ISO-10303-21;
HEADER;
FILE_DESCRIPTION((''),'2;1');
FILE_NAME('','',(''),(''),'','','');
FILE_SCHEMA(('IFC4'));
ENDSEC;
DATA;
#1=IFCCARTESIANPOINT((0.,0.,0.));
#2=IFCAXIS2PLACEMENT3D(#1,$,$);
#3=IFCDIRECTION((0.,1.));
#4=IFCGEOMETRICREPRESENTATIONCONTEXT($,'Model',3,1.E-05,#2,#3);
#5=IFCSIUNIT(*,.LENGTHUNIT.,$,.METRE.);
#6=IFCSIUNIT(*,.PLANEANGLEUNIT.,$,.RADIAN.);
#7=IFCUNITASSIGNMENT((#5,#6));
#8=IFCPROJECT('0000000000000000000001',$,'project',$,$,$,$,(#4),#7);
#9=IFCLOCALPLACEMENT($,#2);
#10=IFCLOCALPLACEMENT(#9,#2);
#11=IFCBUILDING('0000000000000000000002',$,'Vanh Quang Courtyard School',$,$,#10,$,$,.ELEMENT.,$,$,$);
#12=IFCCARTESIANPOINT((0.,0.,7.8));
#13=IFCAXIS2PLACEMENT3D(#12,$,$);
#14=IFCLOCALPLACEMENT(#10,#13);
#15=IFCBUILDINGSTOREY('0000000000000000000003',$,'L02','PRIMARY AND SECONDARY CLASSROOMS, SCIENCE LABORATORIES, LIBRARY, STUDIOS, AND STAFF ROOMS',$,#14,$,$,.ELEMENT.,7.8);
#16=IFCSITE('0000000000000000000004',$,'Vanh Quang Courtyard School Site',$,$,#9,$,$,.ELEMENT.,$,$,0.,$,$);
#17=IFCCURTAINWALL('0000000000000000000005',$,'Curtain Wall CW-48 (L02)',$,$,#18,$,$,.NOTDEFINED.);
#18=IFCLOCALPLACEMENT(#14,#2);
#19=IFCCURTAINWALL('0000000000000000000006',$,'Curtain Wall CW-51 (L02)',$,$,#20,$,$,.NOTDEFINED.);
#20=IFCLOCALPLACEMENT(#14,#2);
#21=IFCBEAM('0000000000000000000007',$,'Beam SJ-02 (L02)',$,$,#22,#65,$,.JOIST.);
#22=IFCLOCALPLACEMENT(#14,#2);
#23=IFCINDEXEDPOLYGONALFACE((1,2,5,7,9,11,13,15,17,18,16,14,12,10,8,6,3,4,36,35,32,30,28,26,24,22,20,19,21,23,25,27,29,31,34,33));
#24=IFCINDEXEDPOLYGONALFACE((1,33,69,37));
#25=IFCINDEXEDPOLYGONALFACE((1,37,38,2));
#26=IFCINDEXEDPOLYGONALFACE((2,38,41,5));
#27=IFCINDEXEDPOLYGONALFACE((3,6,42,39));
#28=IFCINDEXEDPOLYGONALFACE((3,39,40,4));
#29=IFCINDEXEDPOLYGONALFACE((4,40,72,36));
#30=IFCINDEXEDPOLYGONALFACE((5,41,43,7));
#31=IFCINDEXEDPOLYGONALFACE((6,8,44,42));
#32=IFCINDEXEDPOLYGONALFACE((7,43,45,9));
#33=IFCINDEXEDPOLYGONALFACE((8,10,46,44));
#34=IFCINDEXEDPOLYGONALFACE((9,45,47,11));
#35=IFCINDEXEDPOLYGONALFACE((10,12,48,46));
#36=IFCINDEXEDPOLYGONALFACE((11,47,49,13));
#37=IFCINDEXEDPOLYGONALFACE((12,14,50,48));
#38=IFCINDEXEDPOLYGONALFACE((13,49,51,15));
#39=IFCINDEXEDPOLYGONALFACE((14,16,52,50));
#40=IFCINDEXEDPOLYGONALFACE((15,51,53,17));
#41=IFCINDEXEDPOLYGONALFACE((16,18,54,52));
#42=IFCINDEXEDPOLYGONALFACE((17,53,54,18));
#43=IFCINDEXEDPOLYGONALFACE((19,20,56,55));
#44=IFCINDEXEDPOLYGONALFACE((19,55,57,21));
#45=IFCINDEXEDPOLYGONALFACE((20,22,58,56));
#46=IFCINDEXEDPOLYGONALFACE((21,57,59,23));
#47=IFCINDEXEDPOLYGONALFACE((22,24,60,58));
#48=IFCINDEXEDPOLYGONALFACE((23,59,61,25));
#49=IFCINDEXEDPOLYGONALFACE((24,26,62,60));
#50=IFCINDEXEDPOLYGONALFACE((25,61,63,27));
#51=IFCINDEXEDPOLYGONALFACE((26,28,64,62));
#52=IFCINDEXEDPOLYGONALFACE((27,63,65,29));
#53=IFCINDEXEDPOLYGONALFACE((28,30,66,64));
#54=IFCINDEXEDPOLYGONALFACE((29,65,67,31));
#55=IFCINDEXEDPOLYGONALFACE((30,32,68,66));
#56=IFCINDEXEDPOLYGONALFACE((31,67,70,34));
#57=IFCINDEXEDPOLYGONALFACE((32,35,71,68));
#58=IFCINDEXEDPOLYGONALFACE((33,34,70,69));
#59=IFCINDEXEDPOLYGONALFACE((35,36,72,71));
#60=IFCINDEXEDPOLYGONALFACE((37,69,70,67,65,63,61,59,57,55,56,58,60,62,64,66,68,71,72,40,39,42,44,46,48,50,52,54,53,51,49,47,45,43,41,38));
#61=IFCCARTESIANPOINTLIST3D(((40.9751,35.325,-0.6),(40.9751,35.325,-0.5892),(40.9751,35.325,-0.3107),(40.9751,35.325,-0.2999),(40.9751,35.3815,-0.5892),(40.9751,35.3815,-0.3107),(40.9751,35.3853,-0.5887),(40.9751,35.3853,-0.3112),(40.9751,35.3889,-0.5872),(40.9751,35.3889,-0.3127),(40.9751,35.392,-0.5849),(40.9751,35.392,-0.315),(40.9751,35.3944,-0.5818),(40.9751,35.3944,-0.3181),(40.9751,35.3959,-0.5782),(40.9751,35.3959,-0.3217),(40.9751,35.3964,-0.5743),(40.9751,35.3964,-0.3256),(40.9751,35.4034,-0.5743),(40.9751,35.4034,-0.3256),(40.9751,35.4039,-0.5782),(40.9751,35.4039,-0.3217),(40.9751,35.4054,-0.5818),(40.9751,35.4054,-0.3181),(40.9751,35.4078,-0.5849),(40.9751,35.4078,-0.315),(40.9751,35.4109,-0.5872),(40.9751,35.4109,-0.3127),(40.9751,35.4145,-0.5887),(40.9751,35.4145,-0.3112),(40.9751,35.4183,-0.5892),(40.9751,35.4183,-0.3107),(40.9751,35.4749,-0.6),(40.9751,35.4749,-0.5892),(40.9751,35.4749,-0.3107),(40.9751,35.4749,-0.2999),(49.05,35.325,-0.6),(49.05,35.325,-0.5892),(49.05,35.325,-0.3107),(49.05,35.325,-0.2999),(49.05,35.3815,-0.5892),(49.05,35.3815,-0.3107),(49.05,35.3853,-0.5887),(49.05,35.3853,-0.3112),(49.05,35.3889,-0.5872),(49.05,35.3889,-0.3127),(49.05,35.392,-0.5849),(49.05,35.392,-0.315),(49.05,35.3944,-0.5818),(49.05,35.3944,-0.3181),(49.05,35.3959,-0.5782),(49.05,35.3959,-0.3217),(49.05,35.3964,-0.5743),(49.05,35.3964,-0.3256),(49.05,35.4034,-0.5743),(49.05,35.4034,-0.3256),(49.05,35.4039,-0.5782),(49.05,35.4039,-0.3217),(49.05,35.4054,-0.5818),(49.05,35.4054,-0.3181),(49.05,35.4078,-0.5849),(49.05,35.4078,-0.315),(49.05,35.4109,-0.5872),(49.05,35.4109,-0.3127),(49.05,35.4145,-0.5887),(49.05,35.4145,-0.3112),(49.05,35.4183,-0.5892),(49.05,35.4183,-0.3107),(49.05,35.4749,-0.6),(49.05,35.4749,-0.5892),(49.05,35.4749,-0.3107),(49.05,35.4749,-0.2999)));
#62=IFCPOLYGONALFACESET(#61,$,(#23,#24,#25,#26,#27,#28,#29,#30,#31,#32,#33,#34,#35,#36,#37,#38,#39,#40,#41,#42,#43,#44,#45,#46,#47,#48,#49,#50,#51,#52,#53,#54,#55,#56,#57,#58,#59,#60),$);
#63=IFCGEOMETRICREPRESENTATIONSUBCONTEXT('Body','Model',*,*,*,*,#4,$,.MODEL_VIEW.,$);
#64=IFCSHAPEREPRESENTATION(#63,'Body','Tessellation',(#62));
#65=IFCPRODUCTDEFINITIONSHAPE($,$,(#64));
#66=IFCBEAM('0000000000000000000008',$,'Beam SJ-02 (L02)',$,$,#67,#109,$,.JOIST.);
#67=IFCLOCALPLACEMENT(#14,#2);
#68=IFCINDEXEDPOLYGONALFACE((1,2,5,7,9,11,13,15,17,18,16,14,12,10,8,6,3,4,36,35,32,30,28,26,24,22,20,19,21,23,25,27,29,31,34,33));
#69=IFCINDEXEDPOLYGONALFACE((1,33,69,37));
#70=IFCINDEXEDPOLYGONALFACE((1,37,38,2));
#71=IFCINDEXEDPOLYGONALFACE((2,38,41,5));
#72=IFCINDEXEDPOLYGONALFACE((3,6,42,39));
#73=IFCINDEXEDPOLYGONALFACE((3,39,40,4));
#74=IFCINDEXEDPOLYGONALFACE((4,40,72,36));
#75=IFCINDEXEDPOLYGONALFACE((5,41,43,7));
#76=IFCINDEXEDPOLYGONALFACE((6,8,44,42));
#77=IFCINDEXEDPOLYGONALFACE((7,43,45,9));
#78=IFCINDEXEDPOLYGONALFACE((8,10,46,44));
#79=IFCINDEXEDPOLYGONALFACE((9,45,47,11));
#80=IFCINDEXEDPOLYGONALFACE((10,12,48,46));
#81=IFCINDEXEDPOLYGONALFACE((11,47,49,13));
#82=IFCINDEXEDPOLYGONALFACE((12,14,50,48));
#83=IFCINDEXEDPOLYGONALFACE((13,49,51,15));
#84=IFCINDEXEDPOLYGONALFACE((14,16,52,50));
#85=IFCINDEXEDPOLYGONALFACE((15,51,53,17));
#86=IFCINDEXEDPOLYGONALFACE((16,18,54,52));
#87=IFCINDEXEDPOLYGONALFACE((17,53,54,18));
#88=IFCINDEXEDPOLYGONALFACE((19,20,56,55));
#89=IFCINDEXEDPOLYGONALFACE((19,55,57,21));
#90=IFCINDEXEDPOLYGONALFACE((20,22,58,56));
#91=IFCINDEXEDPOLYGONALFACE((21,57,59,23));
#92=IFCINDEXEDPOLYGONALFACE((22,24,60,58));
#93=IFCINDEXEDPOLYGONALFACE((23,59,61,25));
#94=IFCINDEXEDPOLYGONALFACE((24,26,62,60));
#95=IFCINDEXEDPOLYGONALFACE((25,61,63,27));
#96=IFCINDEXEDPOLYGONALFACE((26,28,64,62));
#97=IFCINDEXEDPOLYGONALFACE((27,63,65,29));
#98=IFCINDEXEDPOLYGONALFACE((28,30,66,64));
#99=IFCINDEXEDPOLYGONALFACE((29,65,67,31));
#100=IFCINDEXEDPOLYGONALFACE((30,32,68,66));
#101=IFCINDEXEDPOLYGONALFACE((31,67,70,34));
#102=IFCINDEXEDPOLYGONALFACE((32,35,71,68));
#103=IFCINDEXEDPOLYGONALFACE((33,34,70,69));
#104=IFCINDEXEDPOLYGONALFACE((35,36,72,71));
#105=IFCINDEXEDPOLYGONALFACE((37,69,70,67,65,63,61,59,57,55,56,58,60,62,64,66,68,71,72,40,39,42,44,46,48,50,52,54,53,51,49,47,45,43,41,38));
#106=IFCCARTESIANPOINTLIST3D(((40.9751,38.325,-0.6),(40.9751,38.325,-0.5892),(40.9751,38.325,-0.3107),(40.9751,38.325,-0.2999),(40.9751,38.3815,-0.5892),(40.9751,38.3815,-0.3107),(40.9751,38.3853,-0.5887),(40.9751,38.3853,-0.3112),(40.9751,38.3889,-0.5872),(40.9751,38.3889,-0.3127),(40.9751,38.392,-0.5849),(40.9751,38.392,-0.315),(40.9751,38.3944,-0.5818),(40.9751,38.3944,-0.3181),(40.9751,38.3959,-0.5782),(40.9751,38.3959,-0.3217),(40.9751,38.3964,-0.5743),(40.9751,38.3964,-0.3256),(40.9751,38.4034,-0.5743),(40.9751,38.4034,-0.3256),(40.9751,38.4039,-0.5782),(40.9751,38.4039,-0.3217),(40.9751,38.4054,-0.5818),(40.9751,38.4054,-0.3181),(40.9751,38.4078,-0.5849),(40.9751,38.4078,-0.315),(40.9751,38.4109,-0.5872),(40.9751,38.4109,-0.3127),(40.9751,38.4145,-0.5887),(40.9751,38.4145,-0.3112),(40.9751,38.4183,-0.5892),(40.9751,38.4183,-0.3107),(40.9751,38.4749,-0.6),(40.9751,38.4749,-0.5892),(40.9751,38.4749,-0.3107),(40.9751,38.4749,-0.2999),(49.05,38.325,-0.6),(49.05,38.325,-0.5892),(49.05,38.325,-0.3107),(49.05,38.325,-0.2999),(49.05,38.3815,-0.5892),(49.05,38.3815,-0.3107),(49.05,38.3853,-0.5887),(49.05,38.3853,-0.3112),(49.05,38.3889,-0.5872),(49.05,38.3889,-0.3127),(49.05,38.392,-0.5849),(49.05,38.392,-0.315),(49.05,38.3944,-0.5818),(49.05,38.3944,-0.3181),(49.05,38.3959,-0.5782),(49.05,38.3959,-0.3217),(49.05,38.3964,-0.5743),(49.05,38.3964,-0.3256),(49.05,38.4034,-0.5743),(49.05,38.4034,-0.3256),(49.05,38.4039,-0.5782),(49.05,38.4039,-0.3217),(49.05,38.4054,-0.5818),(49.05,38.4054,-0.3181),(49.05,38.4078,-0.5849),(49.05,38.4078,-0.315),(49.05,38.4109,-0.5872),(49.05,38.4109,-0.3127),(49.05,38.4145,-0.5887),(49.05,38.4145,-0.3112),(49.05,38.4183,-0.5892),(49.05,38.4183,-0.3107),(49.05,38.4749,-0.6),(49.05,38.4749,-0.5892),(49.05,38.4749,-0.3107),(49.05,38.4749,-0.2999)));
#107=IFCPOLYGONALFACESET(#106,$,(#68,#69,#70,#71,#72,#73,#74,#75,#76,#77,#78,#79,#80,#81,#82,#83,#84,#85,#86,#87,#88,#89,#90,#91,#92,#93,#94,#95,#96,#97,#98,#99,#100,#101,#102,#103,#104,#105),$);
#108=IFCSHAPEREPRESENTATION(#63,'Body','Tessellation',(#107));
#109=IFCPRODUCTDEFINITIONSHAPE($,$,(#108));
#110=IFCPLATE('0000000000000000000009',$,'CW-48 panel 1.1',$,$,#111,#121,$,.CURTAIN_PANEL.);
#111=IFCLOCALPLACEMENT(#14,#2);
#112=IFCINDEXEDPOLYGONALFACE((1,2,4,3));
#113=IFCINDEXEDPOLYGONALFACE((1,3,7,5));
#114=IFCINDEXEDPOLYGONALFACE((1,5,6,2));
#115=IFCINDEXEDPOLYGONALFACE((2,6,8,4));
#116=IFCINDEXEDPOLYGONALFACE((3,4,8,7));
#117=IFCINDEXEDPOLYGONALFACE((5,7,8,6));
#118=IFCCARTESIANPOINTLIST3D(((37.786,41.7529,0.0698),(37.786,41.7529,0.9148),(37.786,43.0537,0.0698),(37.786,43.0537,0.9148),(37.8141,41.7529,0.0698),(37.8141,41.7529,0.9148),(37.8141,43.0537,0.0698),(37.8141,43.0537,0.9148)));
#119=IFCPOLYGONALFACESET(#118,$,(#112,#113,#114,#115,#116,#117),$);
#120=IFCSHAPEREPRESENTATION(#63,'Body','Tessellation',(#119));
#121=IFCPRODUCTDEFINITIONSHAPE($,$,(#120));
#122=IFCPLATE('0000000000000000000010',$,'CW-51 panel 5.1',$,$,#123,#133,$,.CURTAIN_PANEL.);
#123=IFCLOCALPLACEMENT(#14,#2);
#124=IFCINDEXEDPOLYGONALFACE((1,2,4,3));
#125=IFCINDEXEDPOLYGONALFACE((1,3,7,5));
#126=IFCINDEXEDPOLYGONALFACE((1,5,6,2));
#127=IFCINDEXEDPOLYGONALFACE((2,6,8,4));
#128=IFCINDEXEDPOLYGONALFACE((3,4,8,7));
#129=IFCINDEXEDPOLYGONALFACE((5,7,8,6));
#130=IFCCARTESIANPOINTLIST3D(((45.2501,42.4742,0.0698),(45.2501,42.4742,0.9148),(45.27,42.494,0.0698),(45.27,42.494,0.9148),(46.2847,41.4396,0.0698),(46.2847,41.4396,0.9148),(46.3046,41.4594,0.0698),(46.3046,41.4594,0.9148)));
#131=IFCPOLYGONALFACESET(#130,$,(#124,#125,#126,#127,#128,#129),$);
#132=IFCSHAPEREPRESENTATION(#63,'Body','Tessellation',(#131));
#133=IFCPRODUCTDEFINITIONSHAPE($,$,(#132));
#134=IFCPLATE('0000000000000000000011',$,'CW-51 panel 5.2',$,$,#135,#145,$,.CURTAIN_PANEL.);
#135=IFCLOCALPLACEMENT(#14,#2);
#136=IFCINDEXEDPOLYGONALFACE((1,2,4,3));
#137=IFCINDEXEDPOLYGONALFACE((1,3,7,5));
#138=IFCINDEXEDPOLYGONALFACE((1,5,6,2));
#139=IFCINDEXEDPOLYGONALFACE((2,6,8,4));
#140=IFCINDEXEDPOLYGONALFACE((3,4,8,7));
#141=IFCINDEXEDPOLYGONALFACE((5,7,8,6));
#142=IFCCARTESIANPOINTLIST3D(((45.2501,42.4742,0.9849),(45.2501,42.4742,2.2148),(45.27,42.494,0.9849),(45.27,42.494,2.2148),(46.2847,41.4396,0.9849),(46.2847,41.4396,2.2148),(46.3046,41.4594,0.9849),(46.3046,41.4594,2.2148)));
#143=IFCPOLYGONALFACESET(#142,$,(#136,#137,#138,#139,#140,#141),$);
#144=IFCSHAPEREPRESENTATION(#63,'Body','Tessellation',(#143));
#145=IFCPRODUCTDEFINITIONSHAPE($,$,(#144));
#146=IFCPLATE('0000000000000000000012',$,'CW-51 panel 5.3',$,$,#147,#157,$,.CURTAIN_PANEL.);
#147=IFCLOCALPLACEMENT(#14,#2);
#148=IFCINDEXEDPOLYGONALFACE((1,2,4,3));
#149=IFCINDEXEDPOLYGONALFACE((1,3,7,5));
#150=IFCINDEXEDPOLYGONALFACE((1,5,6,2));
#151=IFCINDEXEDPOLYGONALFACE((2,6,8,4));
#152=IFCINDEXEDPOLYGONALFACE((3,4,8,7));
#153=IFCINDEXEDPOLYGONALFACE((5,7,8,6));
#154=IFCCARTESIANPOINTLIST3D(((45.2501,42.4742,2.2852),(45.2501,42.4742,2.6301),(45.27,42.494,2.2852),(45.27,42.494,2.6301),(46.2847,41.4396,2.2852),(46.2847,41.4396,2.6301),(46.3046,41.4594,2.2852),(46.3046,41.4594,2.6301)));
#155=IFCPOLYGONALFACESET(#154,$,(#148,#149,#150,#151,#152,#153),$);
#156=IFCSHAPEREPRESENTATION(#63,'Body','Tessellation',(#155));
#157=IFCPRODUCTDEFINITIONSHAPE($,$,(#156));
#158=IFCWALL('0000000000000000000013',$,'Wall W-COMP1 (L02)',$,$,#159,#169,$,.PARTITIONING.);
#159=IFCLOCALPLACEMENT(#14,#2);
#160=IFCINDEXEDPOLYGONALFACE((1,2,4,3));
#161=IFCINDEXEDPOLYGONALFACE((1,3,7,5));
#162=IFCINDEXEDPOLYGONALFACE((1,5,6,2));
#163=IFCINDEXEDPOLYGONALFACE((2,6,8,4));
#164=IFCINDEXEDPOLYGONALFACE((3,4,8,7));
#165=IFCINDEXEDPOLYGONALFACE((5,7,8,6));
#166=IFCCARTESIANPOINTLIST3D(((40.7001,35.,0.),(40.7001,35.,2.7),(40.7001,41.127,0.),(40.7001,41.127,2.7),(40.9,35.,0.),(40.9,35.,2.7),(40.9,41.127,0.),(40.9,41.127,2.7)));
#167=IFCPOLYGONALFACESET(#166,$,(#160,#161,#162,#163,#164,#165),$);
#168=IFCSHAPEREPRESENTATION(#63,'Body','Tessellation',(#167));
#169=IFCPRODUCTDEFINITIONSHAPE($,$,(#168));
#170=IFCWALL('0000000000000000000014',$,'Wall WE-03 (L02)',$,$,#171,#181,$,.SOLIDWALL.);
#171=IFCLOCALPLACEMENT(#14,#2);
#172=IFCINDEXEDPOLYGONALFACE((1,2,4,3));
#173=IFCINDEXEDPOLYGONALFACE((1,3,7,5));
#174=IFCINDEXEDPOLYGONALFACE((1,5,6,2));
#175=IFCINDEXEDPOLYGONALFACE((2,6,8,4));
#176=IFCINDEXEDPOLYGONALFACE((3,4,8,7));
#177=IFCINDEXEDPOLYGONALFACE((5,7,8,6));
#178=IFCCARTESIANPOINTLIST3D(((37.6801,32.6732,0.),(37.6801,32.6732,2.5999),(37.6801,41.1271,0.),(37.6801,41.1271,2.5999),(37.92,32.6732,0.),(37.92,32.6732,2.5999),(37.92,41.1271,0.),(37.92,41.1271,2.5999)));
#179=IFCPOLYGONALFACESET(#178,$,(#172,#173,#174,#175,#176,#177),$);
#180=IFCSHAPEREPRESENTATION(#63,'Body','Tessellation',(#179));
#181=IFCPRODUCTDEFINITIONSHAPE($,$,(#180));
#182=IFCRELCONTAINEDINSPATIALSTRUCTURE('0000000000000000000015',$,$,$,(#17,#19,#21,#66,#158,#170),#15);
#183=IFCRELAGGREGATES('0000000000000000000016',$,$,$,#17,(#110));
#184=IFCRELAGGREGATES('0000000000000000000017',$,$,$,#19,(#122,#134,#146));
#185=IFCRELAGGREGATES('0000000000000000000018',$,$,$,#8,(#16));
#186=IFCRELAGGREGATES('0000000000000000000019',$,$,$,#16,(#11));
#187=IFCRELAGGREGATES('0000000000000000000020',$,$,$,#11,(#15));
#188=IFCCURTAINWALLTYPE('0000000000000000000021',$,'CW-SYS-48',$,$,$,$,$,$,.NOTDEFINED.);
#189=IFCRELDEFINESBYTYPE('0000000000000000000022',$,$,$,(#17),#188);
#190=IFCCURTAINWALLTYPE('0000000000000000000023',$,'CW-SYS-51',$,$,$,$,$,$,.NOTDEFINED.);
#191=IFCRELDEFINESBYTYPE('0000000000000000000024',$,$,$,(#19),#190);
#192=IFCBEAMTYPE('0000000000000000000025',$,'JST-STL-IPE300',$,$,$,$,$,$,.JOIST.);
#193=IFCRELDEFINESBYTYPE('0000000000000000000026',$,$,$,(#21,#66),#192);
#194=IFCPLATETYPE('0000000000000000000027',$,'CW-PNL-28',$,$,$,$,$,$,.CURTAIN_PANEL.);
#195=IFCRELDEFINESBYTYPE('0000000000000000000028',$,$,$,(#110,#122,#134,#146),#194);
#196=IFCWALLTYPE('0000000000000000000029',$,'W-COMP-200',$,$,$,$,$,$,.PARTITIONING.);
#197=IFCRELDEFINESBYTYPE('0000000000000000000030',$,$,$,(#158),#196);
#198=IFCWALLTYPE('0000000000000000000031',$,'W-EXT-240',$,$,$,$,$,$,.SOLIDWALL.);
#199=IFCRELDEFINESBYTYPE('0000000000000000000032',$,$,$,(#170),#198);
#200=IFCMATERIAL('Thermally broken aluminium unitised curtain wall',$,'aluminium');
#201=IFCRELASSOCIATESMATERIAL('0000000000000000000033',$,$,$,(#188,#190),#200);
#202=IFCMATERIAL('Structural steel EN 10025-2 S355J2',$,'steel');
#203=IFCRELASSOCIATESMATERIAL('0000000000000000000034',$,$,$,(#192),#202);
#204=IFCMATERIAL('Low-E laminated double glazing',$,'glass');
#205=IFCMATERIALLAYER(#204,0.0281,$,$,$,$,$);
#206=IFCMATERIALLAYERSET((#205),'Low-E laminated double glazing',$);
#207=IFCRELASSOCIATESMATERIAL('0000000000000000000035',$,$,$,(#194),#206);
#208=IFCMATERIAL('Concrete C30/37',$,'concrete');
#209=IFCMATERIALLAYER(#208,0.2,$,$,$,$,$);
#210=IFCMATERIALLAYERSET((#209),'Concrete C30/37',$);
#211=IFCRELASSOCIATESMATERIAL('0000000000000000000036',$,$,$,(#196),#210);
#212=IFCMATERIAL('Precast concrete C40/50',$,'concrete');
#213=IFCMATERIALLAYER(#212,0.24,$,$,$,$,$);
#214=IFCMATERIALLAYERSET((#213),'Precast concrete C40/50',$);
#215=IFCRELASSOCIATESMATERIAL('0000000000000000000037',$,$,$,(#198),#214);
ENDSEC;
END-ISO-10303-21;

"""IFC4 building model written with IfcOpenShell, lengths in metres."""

from ifc_helpers import new_model, si_unit, direction, frame, frame_2d, origin, origin_2d, place, context, subcontext, project, spatial, rectangle, i_section, extrude, material, layer, layer_set, material_profile, profile_set, type_object, element, aggregate, save


model = new_model("IFC4")

# Units and contexts
model_context = context("Model", 3, precision=1e-05, world=origin(), true_north=direction((0.0, 1.0)))
body_context = subcontext(model_context, "Body", "Model", "MODEL_VIEW")
ifc_project = project(units=[si_unit("LENGTHUNIT", "METRE"), si_unit("PLANEANGLEUNIT", "RADIAN")], contexts=[model_context])

# Site, building, storey
site_placement = place(None, origin())
site = spatial("IfcSite", under=ifc_project, at=site_placement, Name="Vanh Quang Courtyard School Site", CompositionType="ELEMENT", RefElevation=0.0)
building_placement = place(site_placement, origin())
building = spatial("IfcBuilding", under=site, at=building_placement, Name="Vanh Quang Courtyard School", CompositionType="ELEMENT")
storey_placement = place(building_placement, frame((0.0, 0.0, 7.8)))
storey = spatial("IfcBuildingStorey", under=building, at=storey_placement, Name="L02", Description="PRIMARY AND SECONDARY CLASSROOMS, SCIENCE LABORATORIES, LIBRARY, STUDIOS, AND STAFF ROOMS", CompositionType="ELEMENT", Elevation=7.8)

# Shared definitions
ifc_material_1 = material(Name="Structural steel EN 10025-2 S355J2", Category="steel")

# Curtain walls
ifc_material_2 = material(Name="Thermally broken aluminium unitised curtain wall", Category="aluminium")
curtain_wall_type_1 = type_object("IfcCurtainWallType", Name="CW-SYS-48", PredefinedType="NOTDEFINED", material=ifc_material_2)
curtain_wall_1_placement = place(storey_placement, origin())
curtain_wall_1 = element("IfcCurtainWall", 1, at=curtain_wall_1_placement, inside=storey, type_object=curtain_wall_type_1, Name="Curtain Wall CW-48 (L02)", PredefinedType="NOTDEFINED")
curtain_wall_type_2 = type_object("IfcCurtainWallType", Name="CW-SYS-51", PredefinedType="NOTDEFINED", material=ifc_material_2)
curtain_wall_2_placement = place(storey_placement, origin())
curtain_wall_2 = element("IfcCurtainWall", 2, at=curtain_wall_2_placement, inside=storey, type_object=curtain_wall_type_2, Name="Curtain Wall CW-51 (L02)", PredefinedType="NOTDEFINED")

# Beams
ifc_material_profile_1 = material_profile(ifc_material_1, i_section(OverallWidth=0.1499, OverallDepth=0.3, WebThickness=0.0071, FlangeThickness=0.0107, FilletRadius=0.0149, at=origin_2d()), Name="IPE 300")
ifc_profile_set_1 = profile_set([ifc_material_profile_1], Name="Structural steel EN 10025-2 S355J2")
beam_type_1 = type_object("IfcBeamType", Name="JST-STL-IPE300", PredefinedType="JOIST", material=ifc_profile_set_1)
for number, where, z_axis, x_axis, name in (
    (3, (40.9751, 35.3999, -0.45), (1.0, 0.0, 0.0), (0.0, 1.0, 0.0), "Beam SJ-02 (L02)"),
    (4, (40.9751, 38.3999, -0.45), (1.0, 0.0, 0.0), (0.0, 1.0, 0.0), "Beam SJ-02 (L02)"),
):
    element("IfcBeam", number, at=place(storey_placement, frame(where, z_axis=z_axis, x_axis=x_axis)), inside=storey, type_object=beam_type_1, Name=name, PredefinedType="JOIST", context=body_context, shape_type="SweptSolid", body=[
        extrude(i_section(OverallWidth=0.1499, OverallDepth=0.3, WebThickness=0.0071, FlangeThickness=0.0107, FilletRadius=0.0149, at=origin_2d()), origin(), (0.0, 0.0, 1.0), 8.075),
    ])

# Plates
ifc_material_3 = material(Name="Low-E laminated double glazing", Category="glass")
ifc_layer_1 = layer(ifc_material_3, 0.0281)
ifc_layer_set_1 = layer_set([ifc_layer_1], Name="Low-E laminated double glazing")
plate_type = type_object("IfcPlateType", Name="CW-PNL-28", PredefinedType="CURTAIN_PANEL", material=ifc_layer_set_1)
plate_1_placement = place(storey_placement, frame((37.8, 42.4033, 0.0698), z_axis=(0.0, 0.0, 1.0), x_axis=(0.0, 1.0, 0.0)))
plate_1 = element("IfcPlate", 5, at=plate_1_placement, type_object=plate_type, Name="CW-48 panel 1.1", PredefinedType="CURTAIN_PANEL", context=body_context, shape_type="SweptSolid", body=[
    extrude(rectangle(XDim=1.3008, YDim=0.0281, at=origin_2d()), origin(), (0.0, 0.0, 1.0), 0.845),
])
aggregate(curtain_wall_1, [plate_1])
plate_2_placement = place(storey_placement, frame((45.7773, 41.9668, 0.0698), z_axis=(0.0, 0.0, 1.0), x_axis=(0.707107, -0.707107, 0.0)))
plate_2 = element("IfcPlate", 6, at=plate_2_placement, type_object=plate_type, Name="CW-51 panel 5.1", PredefinedType="CURTAIN_PANEL", context=body_context, shape_type="SweptSolid", body=[
    extrude(rectangle(XDim=1.4631, YDim=0.0281, at=origin_2d()), origin(), (0.0, 0.0, 1.0), 0.845),
])
plate_3_placement = place(storey_placement, frame((45.7773, 41.9668, 0.9849), z_axis=(0.0, 0.0, 1.0), x_axis=(0.707107, -0.707107, 0.0)))
plate_3 = element("IfcPlate", 7, at=plate_3_placement, type_object=plate_type, Name="CW-51 panel 5.2", PredefinedType="CURTAIN_PANEL", context=body_context, shape_type="SweptSolid", body=[
    extrude(rectangle(XDim=1.4631, YDim=0.0281, at=origin_2d()), origin(), (0.0, 0.0, 1.0), 1.23),
])
plate_4_placement = place(storey_placement, frame((45.7773, 41.9668, 2.2852), z_axis=(0.0, 0.0, 1.0), x_axis=(0.707107, -0.707107, 0.0)))
plate_4 = element("IfcPlate", 8, at=plate_4_placement, type_object=plate_type, Name="CW-51 panel 5.3", PredefinedType="CURTAIN_PANEL", context=body_context, shape_type="SweptSolid", body=[
    extrude(rectangle(XDim=1.4631, YDim=0.0281, at=origin_2d()), origin(), (0.0, 0.0, 1.0), 0.345),
])
aggregate(curtain_wall_2, [plate_2, plate_3, plate_4])

# Walls
ifc_material_4 = material(Name="Concrete C30/37", Category="concrete")
ifc_layer_2 = layer(ifc_material_4, 0.2)
ifc_layer_set_2 = layer_set([ifc_layer_2], Name="Concrete C30/37")
wall_type_1 = type_object("IfcWallType", Name="W-COMP-200", PredefinedType="PARTITIONING", material=ifc_layer_set_2)
wall_1_placement = place(storey_placement, frame((40.8, 35.0, 0.0), z_axis=(0.0, 0.0, 1.0), x_axis=(0.0, 1.0, 0.0)))
element("IfcWall", 9, at=wall_1_placement, inside=storey, type_object=wall_type_1, Name="Wall W-COMP1 (L02)", PredefinedType="PARTITIONING", context=body_context, shape_type="SweptSolid", body=[
    extrude(rectangle(XDim=6.127, YDim=0.2, at=frame_2d((3.0635, 0.0))), origin(), (0.0, 0.0, 1.0), 2.7),
])
ifc_material_5 = material(Name="Precast concrete C40/50", Category="concrete")
ifc_layer_3 = layer(ifc_material_5, 0.24)
ifc_layer_set_3 = layer_set([ifc_layer_3], Name="Precast concrete C40/50")
wall_type_2 = type_object("IfcWallType", Name="W-EXT-240", PredefinedType="SOLIDWALL", material=ifc_layer_set_3)
wall_2_placement = place(storey_placement, frame((37.8, 32.6731, 0.0), z_axis=(0.0, 0.0, 1.0), x_axis=(0.0, 1.0, 0.0)))
element("IfcWall", 10, at=wall_2_placement, inside=storey, type_object=wall_type_2, Name="Wall WE-03 (L02)", PredefinedType="SOLIDWALL", context=body_context, shape_type="SweptSolid", body=[
    extrude(rectangle(XDim=8.4539, YDim=0.24, at=frame_2d((4.2271, 0.0))), origin(), (0.0, 0.0, 1.0), 2.5999),
])

save(model, "model.ifc")
